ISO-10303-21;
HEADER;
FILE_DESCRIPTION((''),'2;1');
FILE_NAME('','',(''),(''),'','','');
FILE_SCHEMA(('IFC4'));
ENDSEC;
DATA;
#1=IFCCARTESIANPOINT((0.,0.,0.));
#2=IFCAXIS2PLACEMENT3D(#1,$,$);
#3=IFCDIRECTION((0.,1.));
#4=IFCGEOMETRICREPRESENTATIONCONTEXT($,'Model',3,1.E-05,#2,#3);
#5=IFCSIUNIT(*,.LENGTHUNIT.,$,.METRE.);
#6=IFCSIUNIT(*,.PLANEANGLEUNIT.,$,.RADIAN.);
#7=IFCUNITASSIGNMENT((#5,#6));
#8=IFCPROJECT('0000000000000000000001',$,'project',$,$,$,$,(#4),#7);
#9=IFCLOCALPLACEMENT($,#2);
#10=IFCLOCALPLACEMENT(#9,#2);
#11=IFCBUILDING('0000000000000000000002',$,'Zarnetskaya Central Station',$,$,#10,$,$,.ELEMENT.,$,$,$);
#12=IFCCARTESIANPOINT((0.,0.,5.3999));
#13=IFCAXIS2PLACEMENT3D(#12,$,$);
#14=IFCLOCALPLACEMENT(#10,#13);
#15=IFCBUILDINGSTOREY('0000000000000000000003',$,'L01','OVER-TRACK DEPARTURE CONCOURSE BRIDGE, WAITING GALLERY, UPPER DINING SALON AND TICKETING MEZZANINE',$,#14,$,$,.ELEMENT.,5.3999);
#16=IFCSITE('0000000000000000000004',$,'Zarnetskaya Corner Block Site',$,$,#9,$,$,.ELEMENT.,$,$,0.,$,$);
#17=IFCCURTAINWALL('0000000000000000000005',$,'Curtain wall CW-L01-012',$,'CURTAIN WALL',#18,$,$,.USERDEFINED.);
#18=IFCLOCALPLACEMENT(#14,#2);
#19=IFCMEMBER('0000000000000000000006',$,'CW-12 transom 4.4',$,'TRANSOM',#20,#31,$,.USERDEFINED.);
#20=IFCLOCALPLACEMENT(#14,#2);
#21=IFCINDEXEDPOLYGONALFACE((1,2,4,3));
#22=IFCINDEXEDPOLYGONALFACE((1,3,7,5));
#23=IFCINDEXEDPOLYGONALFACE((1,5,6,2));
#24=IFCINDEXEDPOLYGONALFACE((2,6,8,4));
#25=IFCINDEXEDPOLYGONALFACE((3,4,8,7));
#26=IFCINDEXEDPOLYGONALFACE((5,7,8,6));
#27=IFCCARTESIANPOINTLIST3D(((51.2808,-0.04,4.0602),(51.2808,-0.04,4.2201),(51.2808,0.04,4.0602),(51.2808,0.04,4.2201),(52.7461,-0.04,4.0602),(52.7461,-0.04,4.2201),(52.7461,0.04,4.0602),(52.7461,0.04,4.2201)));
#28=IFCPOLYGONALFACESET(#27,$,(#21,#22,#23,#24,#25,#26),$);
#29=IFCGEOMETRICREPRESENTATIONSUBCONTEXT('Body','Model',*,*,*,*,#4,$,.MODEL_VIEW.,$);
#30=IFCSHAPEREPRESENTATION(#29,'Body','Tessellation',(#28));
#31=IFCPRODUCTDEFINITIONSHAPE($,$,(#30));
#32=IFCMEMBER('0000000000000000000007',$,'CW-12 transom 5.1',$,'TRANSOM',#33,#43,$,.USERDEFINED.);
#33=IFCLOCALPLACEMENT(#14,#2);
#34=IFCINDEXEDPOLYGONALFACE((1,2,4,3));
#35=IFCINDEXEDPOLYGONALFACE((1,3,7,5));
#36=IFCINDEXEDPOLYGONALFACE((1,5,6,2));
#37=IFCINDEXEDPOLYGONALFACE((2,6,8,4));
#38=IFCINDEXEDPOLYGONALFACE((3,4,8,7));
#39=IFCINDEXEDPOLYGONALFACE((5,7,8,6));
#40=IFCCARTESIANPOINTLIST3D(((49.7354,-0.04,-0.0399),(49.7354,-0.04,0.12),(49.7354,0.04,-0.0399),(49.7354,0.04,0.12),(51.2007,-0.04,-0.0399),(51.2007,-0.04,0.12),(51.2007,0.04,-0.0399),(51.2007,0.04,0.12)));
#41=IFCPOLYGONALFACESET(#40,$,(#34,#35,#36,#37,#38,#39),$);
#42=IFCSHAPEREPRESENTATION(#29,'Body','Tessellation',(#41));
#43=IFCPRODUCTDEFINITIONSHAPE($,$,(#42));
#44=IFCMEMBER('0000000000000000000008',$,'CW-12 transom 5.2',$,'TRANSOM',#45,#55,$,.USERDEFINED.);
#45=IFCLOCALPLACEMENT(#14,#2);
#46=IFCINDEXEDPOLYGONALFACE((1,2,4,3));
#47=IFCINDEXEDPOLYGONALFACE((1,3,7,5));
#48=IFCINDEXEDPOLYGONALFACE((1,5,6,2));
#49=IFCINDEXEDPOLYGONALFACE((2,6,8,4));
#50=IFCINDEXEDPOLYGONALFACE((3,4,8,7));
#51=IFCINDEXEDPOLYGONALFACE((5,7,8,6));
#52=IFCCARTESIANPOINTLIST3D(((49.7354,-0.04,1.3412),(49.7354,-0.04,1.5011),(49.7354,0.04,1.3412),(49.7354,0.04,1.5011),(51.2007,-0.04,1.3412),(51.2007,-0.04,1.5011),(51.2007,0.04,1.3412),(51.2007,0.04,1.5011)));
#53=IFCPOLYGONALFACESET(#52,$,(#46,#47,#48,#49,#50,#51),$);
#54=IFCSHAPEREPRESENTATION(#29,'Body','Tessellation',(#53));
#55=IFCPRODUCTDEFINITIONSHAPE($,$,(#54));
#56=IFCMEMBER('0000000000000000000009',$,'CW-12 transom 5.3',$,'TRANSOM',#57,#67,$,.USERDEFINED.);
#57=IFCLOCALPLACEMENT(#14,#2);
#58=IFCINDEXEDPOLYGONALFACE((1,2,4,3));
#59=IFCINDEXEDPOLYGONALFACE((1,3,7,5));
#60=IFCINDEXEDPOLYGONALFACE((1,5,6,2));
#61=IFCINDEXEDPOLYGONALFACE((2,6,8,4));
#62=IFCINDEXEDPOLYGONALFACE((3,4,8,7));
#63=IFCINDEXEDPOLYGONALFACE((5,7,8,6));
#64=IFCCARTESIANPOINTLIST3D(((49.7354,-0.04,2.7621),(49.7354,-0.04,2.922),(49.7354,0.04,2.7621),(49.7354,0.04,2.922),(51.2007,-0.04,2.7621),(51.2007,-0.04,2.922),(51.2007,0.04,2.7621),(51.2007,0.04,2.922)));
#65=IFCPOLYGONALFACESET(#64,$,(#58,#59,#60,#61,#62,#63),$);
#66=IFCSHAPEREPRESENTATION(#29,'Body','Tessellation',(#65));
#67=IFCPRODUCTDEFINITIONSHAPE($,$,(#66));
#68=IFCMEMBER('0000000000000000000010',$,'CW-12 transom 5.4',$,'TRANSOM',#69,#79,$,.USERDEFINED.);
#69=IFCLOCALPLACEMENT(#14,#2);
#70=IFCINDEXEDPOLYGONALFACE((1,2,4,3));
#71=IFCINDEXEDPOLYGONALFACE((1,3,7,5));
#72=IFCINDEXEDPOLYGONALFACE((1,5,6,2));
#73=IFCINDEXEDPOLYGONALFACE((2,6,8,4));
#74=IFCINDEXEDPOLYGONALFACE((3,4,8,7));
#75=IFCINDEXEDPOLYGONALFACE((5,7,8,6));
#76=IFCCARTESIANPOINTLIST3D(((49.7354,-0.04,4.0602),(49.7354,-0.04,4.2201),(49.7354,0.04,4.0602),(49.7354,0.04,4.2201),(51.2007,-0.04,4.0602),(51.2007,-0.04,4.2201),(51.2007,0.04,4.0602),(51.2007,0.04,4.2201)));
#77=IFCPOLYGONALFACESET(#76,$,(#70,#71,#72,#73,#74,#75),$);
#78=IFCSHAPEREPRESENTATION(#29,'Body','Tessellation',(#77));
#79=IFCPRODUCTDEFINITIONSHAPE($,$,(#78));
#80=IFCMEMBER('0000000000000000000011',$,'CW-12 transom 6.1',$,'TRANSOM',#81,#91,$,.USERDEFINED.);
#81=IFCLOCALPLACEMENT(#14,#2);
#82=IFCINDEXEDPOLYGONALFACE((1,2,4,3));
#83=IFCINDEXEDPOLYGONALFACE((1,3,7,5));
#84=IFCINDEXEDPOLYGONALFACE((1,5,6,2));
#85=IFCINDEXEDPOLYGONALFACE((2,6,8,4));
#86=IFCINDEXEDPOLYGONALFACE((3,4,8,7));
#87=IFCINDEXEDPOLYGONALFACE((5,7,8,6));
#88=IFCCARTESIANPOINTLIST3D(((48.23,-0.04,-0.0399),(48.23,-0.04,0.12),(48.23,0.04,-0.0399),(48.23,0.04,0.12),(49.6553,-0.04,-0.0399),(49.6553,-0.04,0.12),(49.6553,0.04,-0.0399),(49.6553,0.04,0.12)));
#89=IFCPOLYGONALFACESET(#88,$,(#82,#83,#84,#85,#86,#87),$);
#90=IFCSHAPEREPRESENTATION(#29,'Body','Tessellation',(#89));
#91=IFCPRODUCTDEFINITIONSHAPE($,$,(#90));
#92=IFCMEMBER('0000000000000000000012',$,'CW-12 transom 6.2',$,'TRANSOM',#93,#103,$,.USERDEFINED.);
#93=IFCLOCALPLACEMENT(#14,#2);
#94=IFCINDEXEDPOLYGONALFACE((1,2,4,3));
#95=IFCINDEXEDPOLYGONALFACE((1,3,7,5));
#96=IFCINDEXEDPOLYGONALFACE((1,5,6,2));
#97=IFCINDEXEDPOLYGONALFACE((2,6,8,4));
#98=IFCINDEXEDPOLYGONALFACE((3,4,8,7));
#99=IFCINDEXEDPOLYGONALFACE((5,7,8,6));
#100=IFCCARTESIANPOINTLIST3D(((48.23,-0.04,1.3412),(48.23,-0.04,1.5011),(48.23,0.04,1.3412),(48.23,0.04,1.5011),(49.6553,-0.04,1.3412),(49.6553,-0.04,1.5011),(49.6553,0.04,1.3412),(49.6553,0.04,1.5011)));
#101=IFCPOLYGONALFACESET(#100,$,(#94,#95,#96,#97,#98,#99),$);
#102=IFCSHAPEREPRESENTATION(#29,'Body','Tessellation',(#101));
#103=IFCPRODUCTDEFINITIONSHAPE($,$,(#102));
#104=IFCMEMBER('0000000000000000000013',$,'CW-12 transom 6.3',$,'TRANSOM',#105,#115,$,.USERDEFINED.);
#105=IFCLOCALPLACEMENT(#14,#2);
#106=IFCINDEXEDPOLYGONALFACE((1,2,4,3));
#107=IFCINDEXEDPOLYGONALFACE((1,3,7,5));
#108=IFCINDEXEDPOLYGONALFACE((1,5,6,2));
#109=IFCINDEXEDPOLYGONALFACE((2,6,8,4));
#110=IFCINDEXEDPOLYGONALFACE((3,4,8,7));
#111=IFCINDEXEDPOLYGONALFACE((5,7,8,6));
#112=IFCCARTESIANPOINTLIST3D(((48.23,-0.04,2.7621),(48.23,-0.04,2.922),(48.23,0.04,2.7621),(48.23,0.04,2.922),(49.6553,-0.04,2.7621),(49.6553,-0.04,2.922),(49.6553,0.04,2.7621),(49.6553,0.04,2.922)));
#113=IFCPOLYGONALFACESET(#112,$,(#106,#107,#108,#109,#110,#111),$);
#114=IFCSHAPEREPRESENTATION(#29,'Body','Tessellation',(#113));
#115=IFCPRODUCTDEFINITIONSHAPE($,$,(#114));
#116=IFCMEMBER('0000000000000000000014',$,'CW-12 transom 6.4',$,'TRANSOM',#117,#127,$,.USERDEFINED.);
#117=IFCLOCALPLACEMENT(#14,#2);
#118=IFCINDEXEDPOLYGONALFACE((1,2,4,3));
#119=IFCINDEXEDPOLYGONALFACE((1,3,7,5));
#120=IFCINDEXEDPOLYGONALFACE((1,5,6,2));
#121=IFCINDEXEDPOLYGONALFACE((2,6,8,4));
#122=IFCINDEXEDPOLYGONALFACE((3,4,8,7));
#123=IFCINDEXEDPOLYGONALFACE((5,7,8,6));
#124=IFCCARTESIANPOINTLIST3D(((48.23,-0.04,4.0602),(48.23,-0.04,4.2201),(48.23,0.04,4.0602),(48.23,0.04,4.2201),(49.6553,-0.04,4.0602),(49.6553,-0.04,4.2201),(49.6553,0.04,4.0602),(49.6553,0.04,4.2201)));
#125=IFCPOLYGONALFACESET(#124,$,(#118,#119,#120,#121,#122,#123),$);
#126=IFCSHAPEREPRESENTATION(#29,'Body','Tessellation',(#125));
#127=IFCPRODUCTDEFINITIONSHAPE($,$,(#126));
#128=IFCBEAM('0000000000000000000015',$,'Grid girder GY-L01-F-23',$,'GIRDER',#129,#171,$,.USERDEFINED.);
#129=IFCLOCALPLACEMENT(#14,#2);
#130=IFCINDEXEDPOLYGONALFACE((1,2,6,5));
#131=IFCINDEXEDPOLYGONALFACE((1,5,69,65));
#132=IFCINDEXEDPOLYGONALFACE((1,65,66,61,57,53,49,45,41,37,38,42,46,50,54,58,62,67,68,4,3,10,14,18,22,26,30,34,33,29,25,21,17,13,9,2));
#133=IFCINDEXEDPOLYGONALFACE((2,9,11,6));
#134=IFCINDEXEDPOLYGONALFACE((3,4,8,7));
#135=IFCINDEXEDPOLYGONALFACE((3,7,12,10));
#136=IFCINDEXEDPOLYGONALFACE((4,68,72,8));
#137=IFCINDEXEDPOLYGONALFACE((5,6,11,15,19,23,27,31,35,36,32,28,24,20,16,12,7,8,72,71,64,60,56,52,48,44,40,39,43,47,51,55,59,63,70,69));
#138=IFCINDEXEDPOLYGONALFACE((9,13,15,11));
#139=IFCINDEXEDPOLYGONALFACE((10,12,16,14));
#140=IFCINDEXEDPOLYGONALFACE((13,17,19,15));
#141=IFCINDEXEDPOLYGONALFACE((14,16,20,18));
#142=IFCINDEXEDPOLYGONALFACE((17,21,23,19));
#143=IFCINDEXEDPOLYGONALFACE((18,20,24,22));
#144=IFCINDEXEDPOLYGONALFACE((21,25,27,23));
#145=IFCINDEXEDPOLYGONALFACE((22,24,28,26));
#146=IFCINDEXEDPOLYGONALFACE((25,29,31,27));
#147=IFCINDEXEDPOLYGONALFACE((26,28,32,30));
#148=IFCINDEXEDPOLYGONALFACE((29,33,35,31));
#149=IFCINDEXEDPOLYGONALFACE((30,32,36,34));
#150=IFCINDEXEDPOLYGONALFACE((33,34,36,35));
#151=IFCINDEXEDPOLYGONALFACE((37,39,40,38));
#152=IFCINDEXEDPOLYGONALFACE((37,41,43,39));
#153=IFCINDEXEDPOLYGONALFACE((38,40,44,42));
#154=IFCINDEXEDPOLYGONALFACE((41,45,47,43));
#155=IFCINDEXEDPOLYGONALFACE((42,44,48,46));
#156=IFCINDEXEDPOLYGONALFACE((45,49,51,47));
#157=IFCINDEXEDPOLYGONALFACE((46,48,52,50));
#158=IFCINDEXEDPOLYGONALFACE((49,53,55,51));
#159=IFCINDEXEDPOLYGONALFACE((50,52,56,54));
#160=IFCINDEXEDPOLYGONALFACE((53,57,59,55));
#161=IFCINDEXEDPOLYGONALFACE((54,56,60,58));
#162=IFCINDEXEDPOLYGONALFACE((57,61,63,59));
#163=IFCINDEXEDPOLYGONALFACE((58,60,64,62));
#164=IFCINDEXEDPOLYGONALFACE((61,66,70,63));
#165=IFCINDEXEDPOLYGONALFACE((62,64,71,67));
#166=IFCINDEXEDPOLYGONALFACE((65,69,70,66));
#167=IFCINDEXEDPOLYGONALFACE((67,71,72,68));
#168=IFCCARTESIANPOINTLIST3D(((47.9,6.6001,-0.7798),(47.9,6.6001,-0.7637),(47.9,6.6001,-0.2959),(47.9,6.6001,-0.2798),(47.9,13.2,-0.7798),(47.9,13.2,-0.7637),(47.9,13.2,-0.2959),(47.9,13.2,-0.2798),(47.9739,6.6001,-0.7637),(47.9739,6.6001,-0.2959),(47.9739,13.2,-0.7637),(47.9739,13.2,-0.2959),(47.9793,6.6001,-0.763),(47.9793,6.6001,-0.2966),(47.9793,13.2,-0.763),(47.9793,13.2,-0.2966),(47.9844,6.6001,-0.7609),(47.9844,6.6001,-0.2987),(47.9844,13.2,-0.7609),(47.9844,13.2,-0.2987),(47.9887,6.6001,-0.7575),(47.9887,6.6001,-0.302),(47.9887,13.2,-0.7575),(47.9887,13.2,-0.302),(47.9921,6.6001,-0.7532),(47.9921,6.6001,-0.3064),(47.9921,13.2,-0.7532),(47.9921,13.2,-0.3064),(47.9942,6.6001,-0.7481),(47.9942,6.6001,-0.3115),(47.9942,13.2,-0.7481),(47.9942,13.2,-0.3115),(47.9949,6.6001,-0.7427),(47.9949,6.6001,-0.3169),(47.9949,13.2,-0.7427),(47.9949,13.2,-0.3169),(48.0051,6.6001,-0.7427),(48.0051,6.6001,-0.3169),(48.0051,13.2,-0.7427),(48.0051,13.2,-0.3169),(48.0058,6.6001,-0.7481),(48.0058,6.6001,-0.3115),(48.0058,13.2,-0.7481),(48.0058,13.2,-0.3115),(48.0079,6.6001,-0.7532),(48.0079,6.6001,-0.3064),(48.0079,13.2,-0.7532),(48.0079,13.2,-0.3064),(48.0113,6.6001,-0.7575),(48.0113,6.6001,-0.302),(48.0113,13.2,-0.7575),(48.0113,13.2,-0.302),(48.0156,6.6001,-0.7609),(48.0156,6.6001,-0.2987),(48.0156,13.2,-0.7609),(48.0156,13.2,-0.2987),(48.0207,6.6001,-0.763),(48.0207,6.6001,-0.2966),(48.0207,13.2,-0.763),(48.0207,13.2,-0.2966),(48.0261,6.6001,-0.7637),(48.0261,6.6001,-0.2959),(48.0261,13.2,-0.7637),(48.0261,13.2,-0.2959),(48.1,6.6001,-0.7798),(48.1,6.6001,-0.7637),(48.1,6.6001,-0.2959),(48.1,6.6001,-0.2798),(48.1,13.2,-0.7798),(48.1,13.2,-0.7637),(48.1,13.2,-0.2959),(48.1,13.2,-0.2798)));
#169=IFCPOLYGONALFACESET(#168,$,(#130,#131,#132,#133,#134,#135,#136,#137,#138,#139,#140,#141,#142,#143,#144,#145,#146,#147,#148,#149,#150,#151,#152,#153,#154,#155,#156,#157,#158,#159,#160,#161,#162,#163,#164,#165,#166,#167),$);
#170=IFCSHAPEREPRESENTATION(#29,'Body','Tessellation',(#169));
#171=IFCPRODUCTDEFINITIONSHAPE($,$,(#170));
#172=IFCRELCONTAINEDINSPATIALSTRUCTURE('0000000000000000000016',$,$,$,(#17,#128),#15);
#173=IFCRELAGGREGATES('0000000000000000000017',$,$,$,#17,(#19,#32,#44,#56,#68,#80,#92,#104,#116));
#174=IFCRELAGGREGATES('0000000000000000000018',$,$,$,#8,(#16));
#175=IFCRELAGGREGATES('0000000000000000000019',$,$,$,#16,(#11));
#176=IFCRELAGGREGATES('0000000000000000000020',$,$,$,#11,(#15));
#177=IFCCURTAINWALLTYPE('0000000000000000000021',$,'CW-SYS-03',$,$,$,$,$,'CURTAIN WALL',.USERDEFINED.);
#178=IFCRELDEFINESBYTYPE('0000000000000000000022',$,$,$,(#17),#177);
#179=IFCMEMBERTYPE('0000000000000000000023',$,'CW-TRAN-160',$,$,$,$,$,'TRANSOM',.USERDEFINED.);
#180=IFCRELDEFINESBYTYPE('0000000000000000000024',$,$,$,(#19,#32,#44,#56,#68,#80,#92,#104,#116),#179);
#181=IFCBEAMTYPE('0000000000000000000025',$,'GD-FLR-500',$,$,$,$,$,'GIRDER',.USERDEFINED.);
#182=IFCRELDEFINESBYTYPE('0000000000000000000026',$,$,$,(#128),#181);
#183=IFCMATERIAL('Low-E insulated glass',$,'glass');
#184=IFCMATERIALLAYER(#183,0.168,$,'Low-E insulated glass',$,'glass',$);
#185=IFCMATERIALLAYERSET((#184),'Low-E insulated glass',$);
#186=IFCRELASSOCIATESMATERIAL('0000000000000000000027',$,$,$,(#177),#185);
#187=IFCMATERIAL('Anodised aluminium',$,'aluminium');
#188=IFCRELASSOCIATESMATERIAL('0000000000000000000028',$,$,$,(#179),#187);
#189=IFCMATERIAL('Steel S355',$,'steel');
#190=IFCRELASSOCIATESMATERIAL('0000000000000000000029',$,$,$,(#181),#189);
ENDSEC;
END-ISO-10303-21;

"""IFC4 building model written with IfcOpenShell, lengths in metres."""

from ifc_helpers import new_model, si_unit, direction, frame, origin, origin_2d, place, context, subcontext, project, spatial, rectangle, i_section, extrude, material, layer, layer_set, material_profile, profile_set, type_object, element, aggregate, save


model = new_model("IFC4")

# Units and contexts
model_context = context("Model", 3, precision=1e-05, world=origin(), true_north=direction((0.0, 1.0)))
body_context = subcontext(model_context, "Body", "Model", "MODEL_VIEW")
ifc_project = project(units=[si_unit("LENGTHUNIT", "METRE"), si_unit("PLANEANGLEUNIT", "RADIAN")], contexts=[model_context])

# Site, building, storey
site_placement = place(None, origin())
site = spatial("IfcSite", under=ifc_project, at=site_placement, Name="Zarnetskaya Corner Block Site", CompositionType="ELEMENT", RefElevation=0.0)
building_placement = place(site_placement, origin())
building = spatial("IfcBuilding", under=site, at=building_placement, Name="Zarnetskaya Central Station", CompositionType="ELEMENT")
storey_placement = place(building_placement, frame((0.0, 0.0, 5.3999)))
storey = spatial("IfcBuildingStorey", under=building, at=storey_placement, Name="L01", Description="OVER-TRACK DEPARTURE CONCOURSE BRIDGE, WAITING GALLERY, UPPER DINING SALON AND TICKETING MEZZANINE", CompositionType="ELEMENT", Elevation=5.3999)

# Shared definitions
ifc_material_1 = material(Name="Steel S355", Category="steel")

# Curtain wall, members
ifc_material_2 = material(Name="Low-E insulated glass", Category="glass")
ifc_layer_1 = layer(ifc_material_2, 0.168, Name="Low-E insulated glass", Category="glass")
ifc_layer_set_1 = layer_set([ifc_layer_1], Name="Low-E insulated glass")
curtain_wall_type = type_object("IfcCurtainWallType", Name="CW-SYS-03", ElementType="CURTAIN WALL", PredefinedType="USERDEFINED", material=ifc_layer_set_1)
curtain_wall_placement = place(storey_placement, origin())
curtain_wall = element("IfcCurtainWall", 1, at=curtain_wall_placement, inside=storey, type_object=curtain_wall_type, Name="Curtain wall CW-L01-012", ObjectType="CURTAIN WALL", PredefinedType="USERDEFINED")
ifc_material_3 = material(Name="Anodised aluminium", Category="aluminium")
ifc_material_profile_1 = material_profile(ifc_material_3, rectangle(XDim=0.0801, YDim=0.1599, at=origin_2d()), Name="ALU TRAN 80x160")
ifc_profile_set_1 = profile_set([ifc_material_profile_1], Name="Anodised aluminium")
member_type_1 = type_object("IfcMemberType", Name="CW-TRAN-160", ElementType="TRANSOM", PredefinedType="USERDEFINED", material=ifc_profile_set_1)
member_1_placement = place(storey_placement, frame((52.7461, 0.0, 4.1401), z_axis=(-1.0, 0.0, 0.0), x_axis=(0.0, -1.0, 0.0)))
member_1 = element("IfcMember", 2, at=member_1_placement, type_object=member_type_1, Name="CW-12 transom 4.4", ObjectType="TRANSOM", PredefinedType="USERDEFINED", context=body_context, shape_type="SweptSolid", body=[
    extrude(rectangle(XDim=0.0801, YDim=0.1599, at=origin_2d()), origin(), (0.0, 0.0, 1.0), 1.4653),
])
member_2_placement = place(storey_placement, frame((51.2007, 0.0, 0.04), z_axis=(-1.0, 0.0, 0.0), x_axis=(0.0, -1.0, 0.0)))
member_2 = element("IfcMember", 3, at=member_2_placement, type_object=member_type_1, Name="CW-12 transom 5.1", ObjectType="TRANSOM", PredefinedType="USERDEFINED", context=body_context, shape_type="SweptSolid", body=[
    extrude(rectangle(XDim=0.0801, YDim=0.1599, at=origin_2d()), origin(), (0.0, 0.0, 1.0), 1.4653),
])
member_3_placement = place(storey_placement, frame((51.2007, 0.0, 1.4211), z_axis=(-1.0, 0.0, 0.0), x_axis=(0.0, -1.0, 0.0)))
member_3 = element("IfcMember", 4, at=member_3_placement, type_object=member_type_1, Name="CW-12 transom 5.2", ObjectType="TRANSOM", PredefinedType="USERDEFINED", context=body_context, shape_type="SweptSolid", body=[
    extrude(rectangle(XDim=0.0801, YDim=0.1599, at=origin_2d()), origin(), (0.0, 0.0, 1.0), 1.4653),
])
member_4_placement = place(storey_placement, frame((51.2007, 0.0, 2.842), z_axis=(-1.0, 0.0, 0.0), x_axis=(0.0, -1.0, 0.0)))
member_4 = element("IfcMember", 5, at=member_4_placement, type_object=member_type_1, Name="CW-12 transom 5.3", ObjectType="TRANSOM", PredefinedType="USERDEFINED", context=body_context, shape_type="SweptSolid", body=[
    extrude(rectangle(XDim=0.0801, YDim=0.1599, at=origin_2d()), origin(), (0.0, 0.0, 1.0), 1.4653),
])
member_5_placement = place(storey_placement, frame((51.2007, 0.0, 4.1401), z_axis=(-1.0, 0.0, 0.0), x_axis=(0.0, -1.0, 0.0)))
member_5 = element("IfcMember", 6, at=member_5_placement, type_object=member_type_1, Name="CW-12 transom 5.4", ObjectType="TRANSOM", PredefinedType="USERDEFINED", context=body_context, shape_type="SweptSolid", body=[
    extrude(rectangle(XDim=0.0801, YDim=0.1599, at=origin_2d()), origin(), (0.0, 0.0, 1.0), 1.4653),
])
member_6_placement = place(storey_placement, frame((49.6553, 0.0, 0.04), z_axis=(-1.0, 0.0, 0.0), x_axis=(0.0, -1.0, 0.0)))
member_6 = element("IfcMember", 7, at=member_6_placement, type_object=member_type_1, Name="CW-12 transom 6.1", ObjectType="TRANSOM", PredefinedType="USERDEFINED", context=body_context, shape_type="SweptSolid", body=[
    extrude(rectangle(XDim=0.0801, YDim=0.1599, at=origin_2d()), origin(), (0.0, 0.0, 1.0), 1.4253),
])
member_7_placement = place(storey_placement, frame((49.6553, 0.0, 1.4211), z_axis=(-1.0, 0.0, 0.0), x_axis=(0.0, -1.0, 0.0)))
member_7 = element("IfcMember", 8, at=member_7_placement, type_object=member_type_1, Name="CW-12 transom 6.2", ObjectType="TRANSOM", PredefinedType="USERDEFINED", context=body_context, shape_type="SweptSolid", body=[
    extrude(rectangle(XDim=0.0801, YDim=0.1599, at=origin_2d()), origin(), (0.0, 0.0, 1.0), 1.4253),
])
member_8_placement = place(storey_placement, frame((49.6553, 0.0, 2.842), z_axis=(-1.0, 0.0, 0.0), x_axis=(0.0, -1.0, 0.0)))
member_8 = element("IfcMember", 9, at=member_8_placement, type_object=member_type_1, Name="CW-12 transom 6.3", ObjectType="TRANSOM", PredefinedType="USERDEFINED", context=body_context, shape_type="SweptSolid", body=[
    extrude(rectangle(XDim=0.0801, YDim=0.1599, at=origin_2d()), origin(), (0.0, 0.0, 1.0), 1.4253),
])
member_9_placement = place(storey_placement, frame((49.6553, 0.0, 4.1401), z_axis=(-1.0, 0.0, 0.0), x_axis=(0.0, -1.0, 0.0)))
member_9 = element("IfcMember", 10, at=member_9_placement, type_object=member_type_1, Name="CW-12 transom 6.4", ObjectType="TRANSOM", PredefinedType="USERDEFINED", context=body_context, shape_type="SweptSolid", body=[
    extrude(rectangle(XDim=0.0801, YDim=0.1599, at=origin_2d()), origin(), (0.0, 0.0, 1.0), 1.4253),
])

# Beam
ifc_material_profile_2 = material_profile(ifc_material_1, i_section(OverallWidth=0.2, OverallDepth=0.5, WebThickness=0.0103, FlangeThickness=0.0161, FilletRadius=0.021, at=origin_2d()), Name="IPE 500")
ifc_profile_set_2 = profile_set([ifc_material_profile_2], Name="Steel S355")
beam_type_1 = type_object("IfcBeamType", Name="GD-FLR-500", ElementType="GIRDER", PredefinedType="USERDEFINED", material=ifc_profile_set_2)
beam_1_placement = place(storey_placement, frame((48.0, 6.6001, -0.5298), z_axis=(0.0, 1.0, 0.0), x_axis=(-1.0, 0.0, 0.0)))
element("IfcBeam", 11, at=beam_1_placement, inside=storey, type_object=beam_type_1, Name="Grid girder GY-L01-F-23", ObjectType="GIRDER", PredefinedType="USERDEFINED", context=body_context, shape_type="SweptSolid", body=[
    extrude(i_section(OverallWidth=0.2, OverallDepth=0.5, WebThickness=0.0103, FlangeThickness=0.0161, FilletRadius=0.021, at=origin_2d()), origin(), (0.0, 0.0, 1.0), 6.5999),
])

aggregate(curtain_wall, [member_1, member_2, member_3, member_4, member_5, member_6, member_7, member_8, member_9])

save(model, "model.ifc")
